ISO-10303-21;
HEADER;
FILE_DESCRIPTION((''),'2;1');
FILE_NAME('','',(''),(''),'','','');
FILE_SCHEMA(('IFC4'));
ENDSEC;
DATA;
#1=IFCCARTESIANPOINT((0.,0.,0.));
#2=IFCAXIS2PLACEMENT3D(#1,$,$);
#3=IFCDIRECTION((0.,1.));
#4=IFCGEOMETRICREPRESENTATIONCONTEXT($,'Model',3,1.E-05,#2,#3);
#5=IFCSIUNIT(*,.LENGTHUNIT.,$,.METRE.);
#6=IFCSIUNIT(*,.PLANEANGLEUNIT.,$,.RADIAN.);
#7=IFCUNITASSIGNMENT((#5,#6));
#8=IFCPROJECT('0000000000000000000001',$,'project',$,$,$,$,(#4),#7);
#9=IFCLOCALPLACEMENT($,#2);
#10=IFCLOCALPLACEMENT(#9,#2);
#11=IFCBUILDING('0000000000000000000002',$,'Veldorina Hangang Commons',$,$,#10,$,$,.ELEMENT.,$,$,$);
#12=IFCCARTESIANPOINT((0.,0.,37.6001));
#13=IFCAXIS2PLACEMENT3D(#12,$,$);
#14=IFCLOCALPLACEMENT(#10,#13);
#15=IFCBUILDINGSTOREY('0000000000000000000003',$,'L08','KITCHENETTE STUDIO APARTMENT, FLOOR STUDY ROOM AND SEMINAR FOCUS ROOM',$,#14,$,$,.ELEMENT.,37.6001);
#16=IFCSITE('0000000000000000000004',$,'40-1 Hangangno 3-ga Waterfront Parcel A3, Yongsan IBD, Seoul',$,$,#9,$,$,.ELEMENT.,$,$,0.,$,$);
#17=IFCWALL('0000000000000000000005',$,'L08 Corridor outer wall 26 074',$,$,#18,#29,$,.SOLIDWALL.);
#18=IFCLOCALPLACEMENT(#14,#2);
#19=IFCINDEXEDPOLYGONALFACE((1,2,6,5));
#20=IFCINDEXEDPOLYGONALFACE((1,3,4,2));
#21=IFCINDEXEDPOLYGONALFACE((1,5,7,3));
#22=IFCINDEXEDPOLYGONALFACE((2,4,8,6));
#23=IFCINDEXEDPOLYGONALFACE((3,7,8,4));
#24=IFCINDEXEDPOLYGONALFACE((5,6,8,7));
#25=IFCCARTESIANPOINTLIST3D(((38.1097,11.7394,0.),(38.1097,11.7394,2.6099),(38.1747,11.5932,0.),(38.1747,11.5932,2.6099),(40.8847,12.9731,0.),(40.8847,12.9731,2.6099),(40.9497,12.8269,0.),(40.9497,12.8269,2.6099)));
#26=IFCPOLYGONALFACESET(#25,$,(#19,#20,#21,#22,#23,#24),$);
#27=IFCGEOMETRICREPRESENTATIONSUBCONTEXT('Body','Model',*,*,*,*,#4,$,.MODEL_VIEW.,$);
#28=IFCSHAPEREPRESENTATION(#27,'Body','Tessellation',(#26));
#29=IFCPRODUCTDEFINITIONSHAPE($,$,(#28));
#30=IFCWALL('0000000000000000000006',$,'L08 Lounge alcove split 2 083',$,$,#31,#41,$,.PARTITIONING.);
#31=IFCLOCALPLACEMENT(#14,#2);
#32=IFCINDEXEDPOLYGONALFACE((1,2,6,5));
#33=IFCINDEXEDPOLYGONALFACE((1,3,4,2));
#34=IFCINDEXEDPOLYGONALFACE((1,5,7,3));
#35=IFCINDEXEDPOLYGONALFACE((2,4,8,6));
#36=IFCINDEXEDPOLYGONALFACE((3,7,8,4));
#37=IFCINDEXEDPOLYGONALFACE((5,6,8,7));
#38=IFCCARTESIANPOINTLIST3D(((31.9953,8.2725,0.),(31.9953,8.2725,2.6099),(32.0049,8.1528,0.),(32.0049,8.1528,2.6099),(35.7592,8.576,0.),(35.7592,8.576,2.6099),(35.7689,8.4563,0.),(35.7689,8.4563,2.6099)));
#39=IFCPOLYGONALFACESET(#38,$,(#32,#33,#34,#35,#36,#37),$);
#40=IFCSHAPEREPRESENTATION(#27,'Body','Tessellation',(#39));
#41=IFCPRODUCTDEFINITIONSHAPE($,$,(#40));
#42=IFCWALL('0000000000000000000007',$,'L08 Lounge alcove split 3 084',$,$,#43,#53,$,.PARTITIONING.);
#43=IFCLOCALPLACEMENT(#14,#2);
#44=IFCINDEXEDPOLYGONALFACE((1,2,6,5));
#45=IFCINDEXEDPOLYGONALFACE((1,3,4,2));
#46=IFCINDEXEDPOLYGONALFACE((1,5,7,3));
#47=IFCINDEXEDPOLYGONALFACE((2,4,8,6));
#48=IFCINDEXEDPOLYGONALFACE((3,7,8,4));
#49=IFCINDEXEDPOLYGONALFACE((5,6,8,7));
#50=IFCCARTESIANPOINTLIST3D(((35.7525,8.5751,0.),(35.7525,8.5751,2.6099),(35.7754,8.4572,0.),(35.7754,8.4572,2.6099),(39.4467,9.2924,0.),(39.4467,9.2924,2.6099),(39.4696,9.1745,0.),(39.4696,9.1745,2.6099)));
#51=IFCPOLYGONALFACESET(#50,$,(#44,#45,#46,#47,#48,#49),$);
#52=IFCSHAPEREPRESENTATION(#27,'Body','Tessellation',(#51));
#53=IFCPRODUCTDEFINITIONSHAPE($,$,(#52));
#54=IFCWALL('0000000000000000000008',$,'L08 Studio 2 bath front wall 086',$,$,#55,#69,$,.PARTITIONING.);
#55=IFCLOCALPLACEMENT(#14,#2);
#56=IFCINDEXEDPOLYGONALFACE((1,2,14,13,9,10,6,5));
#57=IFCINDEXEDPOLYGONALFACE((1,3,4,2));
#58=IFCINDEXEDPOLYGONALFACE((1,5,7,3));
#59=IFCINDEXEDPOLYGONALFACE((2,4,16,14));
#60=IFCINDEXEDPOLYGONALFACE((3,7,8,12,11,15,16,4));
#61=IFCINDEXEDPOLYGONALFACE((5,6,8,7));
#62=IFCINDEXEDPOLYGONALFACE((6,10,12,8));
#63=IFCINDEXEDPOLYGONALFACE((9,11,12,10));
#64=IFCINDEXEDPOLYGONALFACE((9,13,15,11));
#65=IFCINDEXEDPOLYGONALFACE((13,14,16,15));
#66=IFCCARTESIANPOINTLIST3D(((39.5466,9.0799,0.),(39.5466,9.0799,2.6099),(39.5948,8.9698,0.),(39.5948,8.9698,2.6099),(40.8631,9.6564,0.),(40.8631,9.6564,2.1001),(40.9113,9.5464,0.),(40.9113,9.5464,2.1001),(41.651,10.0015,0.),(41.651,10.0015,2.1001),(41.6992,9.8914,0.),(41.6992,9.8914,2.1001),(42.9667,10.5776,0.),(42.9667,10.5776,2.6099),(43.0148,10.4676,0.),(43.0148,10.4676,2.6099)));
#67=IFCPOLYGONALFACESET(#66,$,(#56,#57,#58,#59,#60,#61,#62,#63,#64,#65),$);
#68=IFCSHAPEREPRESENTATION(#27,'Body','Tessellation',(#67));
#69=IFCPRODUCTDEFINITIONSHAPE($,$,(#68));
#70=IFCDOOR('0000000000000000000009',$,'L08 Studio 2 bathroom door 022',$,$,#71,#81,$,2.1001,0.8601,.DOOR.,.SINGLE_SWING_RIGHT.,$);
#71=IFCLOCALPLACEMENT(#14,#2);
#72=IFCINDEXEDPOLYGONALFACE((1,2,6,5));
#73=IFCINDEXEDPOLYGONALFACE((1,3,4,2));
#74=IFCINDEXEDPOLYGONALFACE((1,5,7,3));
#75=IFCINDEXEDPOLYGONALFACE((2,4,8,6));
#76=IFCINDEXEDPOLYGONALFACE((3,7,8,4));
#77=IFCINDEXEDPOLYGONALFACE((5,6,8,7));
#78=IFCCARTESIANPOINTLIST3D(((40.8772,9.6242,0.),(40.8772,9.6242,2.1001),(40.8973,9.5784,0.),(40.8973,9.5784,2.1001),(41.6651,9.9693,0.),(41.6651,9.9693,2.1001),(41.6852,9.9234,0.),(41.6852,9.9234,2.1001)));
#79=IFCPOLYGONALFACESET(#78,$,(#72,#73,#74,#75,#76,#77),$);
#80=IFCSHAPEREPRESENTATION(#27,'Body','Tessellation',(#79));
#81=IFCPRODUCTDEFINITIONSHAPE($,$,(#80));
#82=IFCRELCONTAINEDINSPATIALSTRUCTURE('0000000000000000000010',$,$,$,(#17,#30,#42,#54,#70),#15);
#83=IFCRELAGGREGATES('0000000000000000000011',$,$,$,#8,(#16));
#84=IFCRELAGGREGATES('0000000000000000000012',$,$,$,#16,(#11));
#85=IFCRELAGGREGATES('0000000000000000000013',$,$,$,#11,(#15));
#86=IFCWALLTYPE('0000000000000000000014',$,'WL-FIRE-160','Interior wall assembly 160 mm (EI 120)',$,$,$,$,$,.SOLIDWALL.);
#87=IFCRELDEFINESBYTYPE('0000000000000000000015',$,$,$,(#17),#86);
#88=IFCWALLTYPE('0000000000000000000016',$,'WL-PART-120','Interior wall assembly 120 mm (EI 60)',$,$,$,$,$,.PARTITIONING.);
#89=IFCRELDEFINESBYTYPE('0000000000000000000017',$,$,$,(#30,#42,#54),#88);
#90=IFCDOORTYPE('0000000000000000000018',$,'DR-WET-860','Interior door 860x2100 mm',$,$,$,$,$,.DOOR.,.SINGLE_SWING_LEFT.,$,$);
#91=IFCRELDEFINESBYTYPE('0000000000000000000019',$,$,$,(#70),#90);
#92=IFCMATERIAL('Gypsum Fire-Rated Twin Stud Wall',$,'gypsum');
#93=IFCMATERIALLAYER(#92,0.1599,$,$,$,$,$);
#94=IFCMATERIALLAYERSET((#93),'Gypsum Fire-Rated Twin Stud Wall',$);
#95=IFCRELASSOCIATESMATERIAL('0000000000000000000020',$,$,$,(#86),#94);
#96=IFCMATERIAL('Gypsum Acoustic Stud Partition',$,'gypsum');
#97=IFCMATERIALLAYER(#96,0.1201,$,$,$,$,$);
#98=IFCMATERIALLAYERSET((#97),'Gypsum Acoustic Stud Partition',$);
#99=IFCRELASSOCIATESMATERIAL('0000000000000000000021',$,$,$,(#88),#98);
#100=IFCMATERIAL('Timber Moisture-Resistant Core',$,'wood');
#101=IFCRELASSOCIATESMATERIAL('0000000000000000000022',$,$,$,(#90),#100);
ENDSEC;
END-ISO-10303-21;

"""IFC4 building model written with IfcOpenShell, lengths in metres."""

from ifc_helpers import new_model, si_unit, direction, frame, frame_2d, origin, place, context, subcontext, project, spatial, rectangle, extrude, material, layer, layer_set, type_object, element, fill, save


model = new_model("IFC4")

# Units and contexts
model_context = context("Model", 3, precision=1e-05, world=origin(), true_north=direction((0.0, 1.0)))
body_context = subcontext(model_context, "Body", "Model", "MODEL_VIEW")
ifc_project = project(units=[si_unit("LENGTHUNIT", "METRE"), si_unit("PLANEANGLEUNIT", "RADIAN")], contexts=[model_context])

# Site, building, storey
site_placement = place(None, origin())
site = spatial("IfcSite", under=ifc_project, at=site_placement, Name="40-1 Hangangno 3-ga Waterfront Parcel A3, Yongsan IBD, Seoul", CompositionType="ELEMENT", RefElevation=0.0)
building_placement = place(site_placement, origin())
building = spatial("IfcBuilding", under=site, at=building_placement, Name="Veldorina Hangang Commons", CompositionType="ELEMENT")
storey_placement = place(building_placement, frame((0.0, 0.0, 37.6001)))
storey = spatial("IfcBuildingStorey", under=building, at=storey_placement, Name="L08", Description="KITCHENETTE STUDIO APARTMENT, FLOOR STUDY ROOM AND SEMINAR FOCUS ROOM", CompositionType="ELEMENT", Elevation=37.6001)

# Shared definitions
ifc_material_1 = material(Name="Gypsum Fire-Rated Twin Stud Wall", Category="gypsum")
ifc_layer_1 = layer(ifc_material_1, 0.1599)
ifc_layer_set_1 = layer_set([ifc_layer_1], Name="Gypsum Fire-Rated Twin Stud Wall")
wall_type_1 = type_object("IfcWallType", Name="WL-FIRE-160", Description="Interior wall assembly 160 mm (EI 120)", PredefinedType="SOLIDWALL", material=ifc_layer_set_1)

# Walls
wall_1_placement = place(storey_placement, frame((38.1421, 11.6663, 0.0), z_axis=(0.0, 0.0, 1.0), x_axis=(0.913768, 0.406235, 0.0)))
element("IfcWall", 1, at=wall_1_placement, inside=storey, type_object=wall_type_1, Name="L08 Corridor outer wall 26 074", PredefinedType="SOLIDWALL", context=body_context, shape_type="SweptSolid", body=[
    extrude(rectangle(XDim=3.0369, YDim=0.1599, at=frame_2d((1.5186, 0.0))), origin(), (0.0, 0.0, 1.0), 2.6099),
])
ifc_material_2 = material(Name="Gypsum Acoustic Stud Partition", Category="gypsum")
ifc_layer_2 = layer(ifc_material_2, 0.1201)
ifc_layer_set_2 = layer_set([ifc_layer_2], Name="Gypsum Acoustic Stud Partition")
wall_type_2 = type_object("IfcWallType", Name="WL-PART-120", Description="Interior wall assembly 120 mm (EI 60)", PredefinedType="PARTITIONING", material=ifc_layer_set_2)
wall_2_placement = place(storey_placement, frame((32.0, 8.2126, 0.0), z_axis=(0.0, 0.0, 1.0), x_axis=(0.996766, 0.080365, 0.0)))
element("IfcWall", 2, at=wall_2_placement, inside=storey, type_object=wall_type_2, Name="L08 Lounge alcove split 2 083", PredefinedType="PARTITIONING", context=body_context, shape_type="SweptSolid", body=[
    extrude(rectangle(XDim=3.7761, YDim=0.1201, at=frame_2d((1.8882, 0.0))), origin(), (0.0, 0.0, 1.0), 2.6099),
])
wall_3_placement = place(storey_placement, frame((35.7639, 8.5161, 0.0), z_axis=(0.0, 0.0, 1.0), x_axis=(0.981666, 0.190611, 0.0)))
element("IfcWall", 3, at=wall_3_placement, inside=storey, type_object=wall_type_2, Name="L08 Lounge alcove split 3 084", PredefinedType="PARTITIONING", context=body_context, shape_type="SweptSolid", body=[
    extrude(rectangle(XDim=3.7632, YDim=0.1201, at=frame_2d((1.8816, 0.0))), origin(), (0.0, 0.0, 1.0), 2.6099),
])

# Wall, opening, door
wall_4_placement = place(storey_placement, frame((39.5708, 9.0249, 0.0), z_axis=(0.0, 0.0, 1.0), x_axis=(0.916012, 0.401152, 0.0)))
wall_4 = element("IfcWall", 4, at=wall_4_placement, inside=storey, type_object=wall_type_2, Name="L08 Studio 2 bath front wall 086", PredefinedType="PARTITIONING", context=body_context, shape_type="SweptSolid", body=[
    extrude(rectangle(XDim=3.7336, YDim=0.1201, at=frame_2d((1.8667, 0.0))), origin(), (0.0, 0.0, 1.0), 2.6099),
])
opening_1_placement = place(wall_4_placement, frame((1.437, 0.0, 0.0)))
opening_1 = element("IfcOpeningElement", 5, at=opening_1_placement, cuts=wall_4, PredefinedType="OPENING", context=body_context, shape_type="SweptSolid", body=[
    extrude(rectangle(XDim=0.8601, YDim=2.1001, at=frame_2d((0.4302, 1.05))), frame((0.0, 0.0701, 0.0), z_axis=(0.0, -1.0, 0.0), x_axis=(1.0, 0.0, 0.0)), (0.0, 0.0, 1.0), 0.1401),
])
ifc_material_3 = material(Name="Timber Moisture-Resistant Core", Category="wood")
door_type_1 = type_object("IfcDoorType", Name="DR-WET-860", Description="Interior door 860x2100 mm", OperationType="SINGLE_SWING_LEFT", PredefinedType="DOOR", material=ifc_material_3)
door_1_placement = place(opening_1_placement, origin())
door_1 = element("IfcDoor", 6, at=door_1_placement, inside=storey, type_object=door_type_1, Name="L08 Studio 2 bathroom door 022", OperationType="SINGLE_SWING_RIGHT", OverallHeight=2.1001, OverallWidth=0.8601, PredefinedType="DOOR", context=body_context, shape_type="SweptSolid", body=[
    extrude(rectangle(XDim=0.8601, YDim=2.1001, at=frame_2d((0.4302, 1.05))), frame((0.0, 0.0249, 0.0), z_axis=(0.0, -1.0, 0.0), x_axis=(1.0, 0.0, 0.0)), (0.0, 0.0, 1.0), 0.05),
])
fill(opening_1, door_1)

save(model, "model.ifc")
